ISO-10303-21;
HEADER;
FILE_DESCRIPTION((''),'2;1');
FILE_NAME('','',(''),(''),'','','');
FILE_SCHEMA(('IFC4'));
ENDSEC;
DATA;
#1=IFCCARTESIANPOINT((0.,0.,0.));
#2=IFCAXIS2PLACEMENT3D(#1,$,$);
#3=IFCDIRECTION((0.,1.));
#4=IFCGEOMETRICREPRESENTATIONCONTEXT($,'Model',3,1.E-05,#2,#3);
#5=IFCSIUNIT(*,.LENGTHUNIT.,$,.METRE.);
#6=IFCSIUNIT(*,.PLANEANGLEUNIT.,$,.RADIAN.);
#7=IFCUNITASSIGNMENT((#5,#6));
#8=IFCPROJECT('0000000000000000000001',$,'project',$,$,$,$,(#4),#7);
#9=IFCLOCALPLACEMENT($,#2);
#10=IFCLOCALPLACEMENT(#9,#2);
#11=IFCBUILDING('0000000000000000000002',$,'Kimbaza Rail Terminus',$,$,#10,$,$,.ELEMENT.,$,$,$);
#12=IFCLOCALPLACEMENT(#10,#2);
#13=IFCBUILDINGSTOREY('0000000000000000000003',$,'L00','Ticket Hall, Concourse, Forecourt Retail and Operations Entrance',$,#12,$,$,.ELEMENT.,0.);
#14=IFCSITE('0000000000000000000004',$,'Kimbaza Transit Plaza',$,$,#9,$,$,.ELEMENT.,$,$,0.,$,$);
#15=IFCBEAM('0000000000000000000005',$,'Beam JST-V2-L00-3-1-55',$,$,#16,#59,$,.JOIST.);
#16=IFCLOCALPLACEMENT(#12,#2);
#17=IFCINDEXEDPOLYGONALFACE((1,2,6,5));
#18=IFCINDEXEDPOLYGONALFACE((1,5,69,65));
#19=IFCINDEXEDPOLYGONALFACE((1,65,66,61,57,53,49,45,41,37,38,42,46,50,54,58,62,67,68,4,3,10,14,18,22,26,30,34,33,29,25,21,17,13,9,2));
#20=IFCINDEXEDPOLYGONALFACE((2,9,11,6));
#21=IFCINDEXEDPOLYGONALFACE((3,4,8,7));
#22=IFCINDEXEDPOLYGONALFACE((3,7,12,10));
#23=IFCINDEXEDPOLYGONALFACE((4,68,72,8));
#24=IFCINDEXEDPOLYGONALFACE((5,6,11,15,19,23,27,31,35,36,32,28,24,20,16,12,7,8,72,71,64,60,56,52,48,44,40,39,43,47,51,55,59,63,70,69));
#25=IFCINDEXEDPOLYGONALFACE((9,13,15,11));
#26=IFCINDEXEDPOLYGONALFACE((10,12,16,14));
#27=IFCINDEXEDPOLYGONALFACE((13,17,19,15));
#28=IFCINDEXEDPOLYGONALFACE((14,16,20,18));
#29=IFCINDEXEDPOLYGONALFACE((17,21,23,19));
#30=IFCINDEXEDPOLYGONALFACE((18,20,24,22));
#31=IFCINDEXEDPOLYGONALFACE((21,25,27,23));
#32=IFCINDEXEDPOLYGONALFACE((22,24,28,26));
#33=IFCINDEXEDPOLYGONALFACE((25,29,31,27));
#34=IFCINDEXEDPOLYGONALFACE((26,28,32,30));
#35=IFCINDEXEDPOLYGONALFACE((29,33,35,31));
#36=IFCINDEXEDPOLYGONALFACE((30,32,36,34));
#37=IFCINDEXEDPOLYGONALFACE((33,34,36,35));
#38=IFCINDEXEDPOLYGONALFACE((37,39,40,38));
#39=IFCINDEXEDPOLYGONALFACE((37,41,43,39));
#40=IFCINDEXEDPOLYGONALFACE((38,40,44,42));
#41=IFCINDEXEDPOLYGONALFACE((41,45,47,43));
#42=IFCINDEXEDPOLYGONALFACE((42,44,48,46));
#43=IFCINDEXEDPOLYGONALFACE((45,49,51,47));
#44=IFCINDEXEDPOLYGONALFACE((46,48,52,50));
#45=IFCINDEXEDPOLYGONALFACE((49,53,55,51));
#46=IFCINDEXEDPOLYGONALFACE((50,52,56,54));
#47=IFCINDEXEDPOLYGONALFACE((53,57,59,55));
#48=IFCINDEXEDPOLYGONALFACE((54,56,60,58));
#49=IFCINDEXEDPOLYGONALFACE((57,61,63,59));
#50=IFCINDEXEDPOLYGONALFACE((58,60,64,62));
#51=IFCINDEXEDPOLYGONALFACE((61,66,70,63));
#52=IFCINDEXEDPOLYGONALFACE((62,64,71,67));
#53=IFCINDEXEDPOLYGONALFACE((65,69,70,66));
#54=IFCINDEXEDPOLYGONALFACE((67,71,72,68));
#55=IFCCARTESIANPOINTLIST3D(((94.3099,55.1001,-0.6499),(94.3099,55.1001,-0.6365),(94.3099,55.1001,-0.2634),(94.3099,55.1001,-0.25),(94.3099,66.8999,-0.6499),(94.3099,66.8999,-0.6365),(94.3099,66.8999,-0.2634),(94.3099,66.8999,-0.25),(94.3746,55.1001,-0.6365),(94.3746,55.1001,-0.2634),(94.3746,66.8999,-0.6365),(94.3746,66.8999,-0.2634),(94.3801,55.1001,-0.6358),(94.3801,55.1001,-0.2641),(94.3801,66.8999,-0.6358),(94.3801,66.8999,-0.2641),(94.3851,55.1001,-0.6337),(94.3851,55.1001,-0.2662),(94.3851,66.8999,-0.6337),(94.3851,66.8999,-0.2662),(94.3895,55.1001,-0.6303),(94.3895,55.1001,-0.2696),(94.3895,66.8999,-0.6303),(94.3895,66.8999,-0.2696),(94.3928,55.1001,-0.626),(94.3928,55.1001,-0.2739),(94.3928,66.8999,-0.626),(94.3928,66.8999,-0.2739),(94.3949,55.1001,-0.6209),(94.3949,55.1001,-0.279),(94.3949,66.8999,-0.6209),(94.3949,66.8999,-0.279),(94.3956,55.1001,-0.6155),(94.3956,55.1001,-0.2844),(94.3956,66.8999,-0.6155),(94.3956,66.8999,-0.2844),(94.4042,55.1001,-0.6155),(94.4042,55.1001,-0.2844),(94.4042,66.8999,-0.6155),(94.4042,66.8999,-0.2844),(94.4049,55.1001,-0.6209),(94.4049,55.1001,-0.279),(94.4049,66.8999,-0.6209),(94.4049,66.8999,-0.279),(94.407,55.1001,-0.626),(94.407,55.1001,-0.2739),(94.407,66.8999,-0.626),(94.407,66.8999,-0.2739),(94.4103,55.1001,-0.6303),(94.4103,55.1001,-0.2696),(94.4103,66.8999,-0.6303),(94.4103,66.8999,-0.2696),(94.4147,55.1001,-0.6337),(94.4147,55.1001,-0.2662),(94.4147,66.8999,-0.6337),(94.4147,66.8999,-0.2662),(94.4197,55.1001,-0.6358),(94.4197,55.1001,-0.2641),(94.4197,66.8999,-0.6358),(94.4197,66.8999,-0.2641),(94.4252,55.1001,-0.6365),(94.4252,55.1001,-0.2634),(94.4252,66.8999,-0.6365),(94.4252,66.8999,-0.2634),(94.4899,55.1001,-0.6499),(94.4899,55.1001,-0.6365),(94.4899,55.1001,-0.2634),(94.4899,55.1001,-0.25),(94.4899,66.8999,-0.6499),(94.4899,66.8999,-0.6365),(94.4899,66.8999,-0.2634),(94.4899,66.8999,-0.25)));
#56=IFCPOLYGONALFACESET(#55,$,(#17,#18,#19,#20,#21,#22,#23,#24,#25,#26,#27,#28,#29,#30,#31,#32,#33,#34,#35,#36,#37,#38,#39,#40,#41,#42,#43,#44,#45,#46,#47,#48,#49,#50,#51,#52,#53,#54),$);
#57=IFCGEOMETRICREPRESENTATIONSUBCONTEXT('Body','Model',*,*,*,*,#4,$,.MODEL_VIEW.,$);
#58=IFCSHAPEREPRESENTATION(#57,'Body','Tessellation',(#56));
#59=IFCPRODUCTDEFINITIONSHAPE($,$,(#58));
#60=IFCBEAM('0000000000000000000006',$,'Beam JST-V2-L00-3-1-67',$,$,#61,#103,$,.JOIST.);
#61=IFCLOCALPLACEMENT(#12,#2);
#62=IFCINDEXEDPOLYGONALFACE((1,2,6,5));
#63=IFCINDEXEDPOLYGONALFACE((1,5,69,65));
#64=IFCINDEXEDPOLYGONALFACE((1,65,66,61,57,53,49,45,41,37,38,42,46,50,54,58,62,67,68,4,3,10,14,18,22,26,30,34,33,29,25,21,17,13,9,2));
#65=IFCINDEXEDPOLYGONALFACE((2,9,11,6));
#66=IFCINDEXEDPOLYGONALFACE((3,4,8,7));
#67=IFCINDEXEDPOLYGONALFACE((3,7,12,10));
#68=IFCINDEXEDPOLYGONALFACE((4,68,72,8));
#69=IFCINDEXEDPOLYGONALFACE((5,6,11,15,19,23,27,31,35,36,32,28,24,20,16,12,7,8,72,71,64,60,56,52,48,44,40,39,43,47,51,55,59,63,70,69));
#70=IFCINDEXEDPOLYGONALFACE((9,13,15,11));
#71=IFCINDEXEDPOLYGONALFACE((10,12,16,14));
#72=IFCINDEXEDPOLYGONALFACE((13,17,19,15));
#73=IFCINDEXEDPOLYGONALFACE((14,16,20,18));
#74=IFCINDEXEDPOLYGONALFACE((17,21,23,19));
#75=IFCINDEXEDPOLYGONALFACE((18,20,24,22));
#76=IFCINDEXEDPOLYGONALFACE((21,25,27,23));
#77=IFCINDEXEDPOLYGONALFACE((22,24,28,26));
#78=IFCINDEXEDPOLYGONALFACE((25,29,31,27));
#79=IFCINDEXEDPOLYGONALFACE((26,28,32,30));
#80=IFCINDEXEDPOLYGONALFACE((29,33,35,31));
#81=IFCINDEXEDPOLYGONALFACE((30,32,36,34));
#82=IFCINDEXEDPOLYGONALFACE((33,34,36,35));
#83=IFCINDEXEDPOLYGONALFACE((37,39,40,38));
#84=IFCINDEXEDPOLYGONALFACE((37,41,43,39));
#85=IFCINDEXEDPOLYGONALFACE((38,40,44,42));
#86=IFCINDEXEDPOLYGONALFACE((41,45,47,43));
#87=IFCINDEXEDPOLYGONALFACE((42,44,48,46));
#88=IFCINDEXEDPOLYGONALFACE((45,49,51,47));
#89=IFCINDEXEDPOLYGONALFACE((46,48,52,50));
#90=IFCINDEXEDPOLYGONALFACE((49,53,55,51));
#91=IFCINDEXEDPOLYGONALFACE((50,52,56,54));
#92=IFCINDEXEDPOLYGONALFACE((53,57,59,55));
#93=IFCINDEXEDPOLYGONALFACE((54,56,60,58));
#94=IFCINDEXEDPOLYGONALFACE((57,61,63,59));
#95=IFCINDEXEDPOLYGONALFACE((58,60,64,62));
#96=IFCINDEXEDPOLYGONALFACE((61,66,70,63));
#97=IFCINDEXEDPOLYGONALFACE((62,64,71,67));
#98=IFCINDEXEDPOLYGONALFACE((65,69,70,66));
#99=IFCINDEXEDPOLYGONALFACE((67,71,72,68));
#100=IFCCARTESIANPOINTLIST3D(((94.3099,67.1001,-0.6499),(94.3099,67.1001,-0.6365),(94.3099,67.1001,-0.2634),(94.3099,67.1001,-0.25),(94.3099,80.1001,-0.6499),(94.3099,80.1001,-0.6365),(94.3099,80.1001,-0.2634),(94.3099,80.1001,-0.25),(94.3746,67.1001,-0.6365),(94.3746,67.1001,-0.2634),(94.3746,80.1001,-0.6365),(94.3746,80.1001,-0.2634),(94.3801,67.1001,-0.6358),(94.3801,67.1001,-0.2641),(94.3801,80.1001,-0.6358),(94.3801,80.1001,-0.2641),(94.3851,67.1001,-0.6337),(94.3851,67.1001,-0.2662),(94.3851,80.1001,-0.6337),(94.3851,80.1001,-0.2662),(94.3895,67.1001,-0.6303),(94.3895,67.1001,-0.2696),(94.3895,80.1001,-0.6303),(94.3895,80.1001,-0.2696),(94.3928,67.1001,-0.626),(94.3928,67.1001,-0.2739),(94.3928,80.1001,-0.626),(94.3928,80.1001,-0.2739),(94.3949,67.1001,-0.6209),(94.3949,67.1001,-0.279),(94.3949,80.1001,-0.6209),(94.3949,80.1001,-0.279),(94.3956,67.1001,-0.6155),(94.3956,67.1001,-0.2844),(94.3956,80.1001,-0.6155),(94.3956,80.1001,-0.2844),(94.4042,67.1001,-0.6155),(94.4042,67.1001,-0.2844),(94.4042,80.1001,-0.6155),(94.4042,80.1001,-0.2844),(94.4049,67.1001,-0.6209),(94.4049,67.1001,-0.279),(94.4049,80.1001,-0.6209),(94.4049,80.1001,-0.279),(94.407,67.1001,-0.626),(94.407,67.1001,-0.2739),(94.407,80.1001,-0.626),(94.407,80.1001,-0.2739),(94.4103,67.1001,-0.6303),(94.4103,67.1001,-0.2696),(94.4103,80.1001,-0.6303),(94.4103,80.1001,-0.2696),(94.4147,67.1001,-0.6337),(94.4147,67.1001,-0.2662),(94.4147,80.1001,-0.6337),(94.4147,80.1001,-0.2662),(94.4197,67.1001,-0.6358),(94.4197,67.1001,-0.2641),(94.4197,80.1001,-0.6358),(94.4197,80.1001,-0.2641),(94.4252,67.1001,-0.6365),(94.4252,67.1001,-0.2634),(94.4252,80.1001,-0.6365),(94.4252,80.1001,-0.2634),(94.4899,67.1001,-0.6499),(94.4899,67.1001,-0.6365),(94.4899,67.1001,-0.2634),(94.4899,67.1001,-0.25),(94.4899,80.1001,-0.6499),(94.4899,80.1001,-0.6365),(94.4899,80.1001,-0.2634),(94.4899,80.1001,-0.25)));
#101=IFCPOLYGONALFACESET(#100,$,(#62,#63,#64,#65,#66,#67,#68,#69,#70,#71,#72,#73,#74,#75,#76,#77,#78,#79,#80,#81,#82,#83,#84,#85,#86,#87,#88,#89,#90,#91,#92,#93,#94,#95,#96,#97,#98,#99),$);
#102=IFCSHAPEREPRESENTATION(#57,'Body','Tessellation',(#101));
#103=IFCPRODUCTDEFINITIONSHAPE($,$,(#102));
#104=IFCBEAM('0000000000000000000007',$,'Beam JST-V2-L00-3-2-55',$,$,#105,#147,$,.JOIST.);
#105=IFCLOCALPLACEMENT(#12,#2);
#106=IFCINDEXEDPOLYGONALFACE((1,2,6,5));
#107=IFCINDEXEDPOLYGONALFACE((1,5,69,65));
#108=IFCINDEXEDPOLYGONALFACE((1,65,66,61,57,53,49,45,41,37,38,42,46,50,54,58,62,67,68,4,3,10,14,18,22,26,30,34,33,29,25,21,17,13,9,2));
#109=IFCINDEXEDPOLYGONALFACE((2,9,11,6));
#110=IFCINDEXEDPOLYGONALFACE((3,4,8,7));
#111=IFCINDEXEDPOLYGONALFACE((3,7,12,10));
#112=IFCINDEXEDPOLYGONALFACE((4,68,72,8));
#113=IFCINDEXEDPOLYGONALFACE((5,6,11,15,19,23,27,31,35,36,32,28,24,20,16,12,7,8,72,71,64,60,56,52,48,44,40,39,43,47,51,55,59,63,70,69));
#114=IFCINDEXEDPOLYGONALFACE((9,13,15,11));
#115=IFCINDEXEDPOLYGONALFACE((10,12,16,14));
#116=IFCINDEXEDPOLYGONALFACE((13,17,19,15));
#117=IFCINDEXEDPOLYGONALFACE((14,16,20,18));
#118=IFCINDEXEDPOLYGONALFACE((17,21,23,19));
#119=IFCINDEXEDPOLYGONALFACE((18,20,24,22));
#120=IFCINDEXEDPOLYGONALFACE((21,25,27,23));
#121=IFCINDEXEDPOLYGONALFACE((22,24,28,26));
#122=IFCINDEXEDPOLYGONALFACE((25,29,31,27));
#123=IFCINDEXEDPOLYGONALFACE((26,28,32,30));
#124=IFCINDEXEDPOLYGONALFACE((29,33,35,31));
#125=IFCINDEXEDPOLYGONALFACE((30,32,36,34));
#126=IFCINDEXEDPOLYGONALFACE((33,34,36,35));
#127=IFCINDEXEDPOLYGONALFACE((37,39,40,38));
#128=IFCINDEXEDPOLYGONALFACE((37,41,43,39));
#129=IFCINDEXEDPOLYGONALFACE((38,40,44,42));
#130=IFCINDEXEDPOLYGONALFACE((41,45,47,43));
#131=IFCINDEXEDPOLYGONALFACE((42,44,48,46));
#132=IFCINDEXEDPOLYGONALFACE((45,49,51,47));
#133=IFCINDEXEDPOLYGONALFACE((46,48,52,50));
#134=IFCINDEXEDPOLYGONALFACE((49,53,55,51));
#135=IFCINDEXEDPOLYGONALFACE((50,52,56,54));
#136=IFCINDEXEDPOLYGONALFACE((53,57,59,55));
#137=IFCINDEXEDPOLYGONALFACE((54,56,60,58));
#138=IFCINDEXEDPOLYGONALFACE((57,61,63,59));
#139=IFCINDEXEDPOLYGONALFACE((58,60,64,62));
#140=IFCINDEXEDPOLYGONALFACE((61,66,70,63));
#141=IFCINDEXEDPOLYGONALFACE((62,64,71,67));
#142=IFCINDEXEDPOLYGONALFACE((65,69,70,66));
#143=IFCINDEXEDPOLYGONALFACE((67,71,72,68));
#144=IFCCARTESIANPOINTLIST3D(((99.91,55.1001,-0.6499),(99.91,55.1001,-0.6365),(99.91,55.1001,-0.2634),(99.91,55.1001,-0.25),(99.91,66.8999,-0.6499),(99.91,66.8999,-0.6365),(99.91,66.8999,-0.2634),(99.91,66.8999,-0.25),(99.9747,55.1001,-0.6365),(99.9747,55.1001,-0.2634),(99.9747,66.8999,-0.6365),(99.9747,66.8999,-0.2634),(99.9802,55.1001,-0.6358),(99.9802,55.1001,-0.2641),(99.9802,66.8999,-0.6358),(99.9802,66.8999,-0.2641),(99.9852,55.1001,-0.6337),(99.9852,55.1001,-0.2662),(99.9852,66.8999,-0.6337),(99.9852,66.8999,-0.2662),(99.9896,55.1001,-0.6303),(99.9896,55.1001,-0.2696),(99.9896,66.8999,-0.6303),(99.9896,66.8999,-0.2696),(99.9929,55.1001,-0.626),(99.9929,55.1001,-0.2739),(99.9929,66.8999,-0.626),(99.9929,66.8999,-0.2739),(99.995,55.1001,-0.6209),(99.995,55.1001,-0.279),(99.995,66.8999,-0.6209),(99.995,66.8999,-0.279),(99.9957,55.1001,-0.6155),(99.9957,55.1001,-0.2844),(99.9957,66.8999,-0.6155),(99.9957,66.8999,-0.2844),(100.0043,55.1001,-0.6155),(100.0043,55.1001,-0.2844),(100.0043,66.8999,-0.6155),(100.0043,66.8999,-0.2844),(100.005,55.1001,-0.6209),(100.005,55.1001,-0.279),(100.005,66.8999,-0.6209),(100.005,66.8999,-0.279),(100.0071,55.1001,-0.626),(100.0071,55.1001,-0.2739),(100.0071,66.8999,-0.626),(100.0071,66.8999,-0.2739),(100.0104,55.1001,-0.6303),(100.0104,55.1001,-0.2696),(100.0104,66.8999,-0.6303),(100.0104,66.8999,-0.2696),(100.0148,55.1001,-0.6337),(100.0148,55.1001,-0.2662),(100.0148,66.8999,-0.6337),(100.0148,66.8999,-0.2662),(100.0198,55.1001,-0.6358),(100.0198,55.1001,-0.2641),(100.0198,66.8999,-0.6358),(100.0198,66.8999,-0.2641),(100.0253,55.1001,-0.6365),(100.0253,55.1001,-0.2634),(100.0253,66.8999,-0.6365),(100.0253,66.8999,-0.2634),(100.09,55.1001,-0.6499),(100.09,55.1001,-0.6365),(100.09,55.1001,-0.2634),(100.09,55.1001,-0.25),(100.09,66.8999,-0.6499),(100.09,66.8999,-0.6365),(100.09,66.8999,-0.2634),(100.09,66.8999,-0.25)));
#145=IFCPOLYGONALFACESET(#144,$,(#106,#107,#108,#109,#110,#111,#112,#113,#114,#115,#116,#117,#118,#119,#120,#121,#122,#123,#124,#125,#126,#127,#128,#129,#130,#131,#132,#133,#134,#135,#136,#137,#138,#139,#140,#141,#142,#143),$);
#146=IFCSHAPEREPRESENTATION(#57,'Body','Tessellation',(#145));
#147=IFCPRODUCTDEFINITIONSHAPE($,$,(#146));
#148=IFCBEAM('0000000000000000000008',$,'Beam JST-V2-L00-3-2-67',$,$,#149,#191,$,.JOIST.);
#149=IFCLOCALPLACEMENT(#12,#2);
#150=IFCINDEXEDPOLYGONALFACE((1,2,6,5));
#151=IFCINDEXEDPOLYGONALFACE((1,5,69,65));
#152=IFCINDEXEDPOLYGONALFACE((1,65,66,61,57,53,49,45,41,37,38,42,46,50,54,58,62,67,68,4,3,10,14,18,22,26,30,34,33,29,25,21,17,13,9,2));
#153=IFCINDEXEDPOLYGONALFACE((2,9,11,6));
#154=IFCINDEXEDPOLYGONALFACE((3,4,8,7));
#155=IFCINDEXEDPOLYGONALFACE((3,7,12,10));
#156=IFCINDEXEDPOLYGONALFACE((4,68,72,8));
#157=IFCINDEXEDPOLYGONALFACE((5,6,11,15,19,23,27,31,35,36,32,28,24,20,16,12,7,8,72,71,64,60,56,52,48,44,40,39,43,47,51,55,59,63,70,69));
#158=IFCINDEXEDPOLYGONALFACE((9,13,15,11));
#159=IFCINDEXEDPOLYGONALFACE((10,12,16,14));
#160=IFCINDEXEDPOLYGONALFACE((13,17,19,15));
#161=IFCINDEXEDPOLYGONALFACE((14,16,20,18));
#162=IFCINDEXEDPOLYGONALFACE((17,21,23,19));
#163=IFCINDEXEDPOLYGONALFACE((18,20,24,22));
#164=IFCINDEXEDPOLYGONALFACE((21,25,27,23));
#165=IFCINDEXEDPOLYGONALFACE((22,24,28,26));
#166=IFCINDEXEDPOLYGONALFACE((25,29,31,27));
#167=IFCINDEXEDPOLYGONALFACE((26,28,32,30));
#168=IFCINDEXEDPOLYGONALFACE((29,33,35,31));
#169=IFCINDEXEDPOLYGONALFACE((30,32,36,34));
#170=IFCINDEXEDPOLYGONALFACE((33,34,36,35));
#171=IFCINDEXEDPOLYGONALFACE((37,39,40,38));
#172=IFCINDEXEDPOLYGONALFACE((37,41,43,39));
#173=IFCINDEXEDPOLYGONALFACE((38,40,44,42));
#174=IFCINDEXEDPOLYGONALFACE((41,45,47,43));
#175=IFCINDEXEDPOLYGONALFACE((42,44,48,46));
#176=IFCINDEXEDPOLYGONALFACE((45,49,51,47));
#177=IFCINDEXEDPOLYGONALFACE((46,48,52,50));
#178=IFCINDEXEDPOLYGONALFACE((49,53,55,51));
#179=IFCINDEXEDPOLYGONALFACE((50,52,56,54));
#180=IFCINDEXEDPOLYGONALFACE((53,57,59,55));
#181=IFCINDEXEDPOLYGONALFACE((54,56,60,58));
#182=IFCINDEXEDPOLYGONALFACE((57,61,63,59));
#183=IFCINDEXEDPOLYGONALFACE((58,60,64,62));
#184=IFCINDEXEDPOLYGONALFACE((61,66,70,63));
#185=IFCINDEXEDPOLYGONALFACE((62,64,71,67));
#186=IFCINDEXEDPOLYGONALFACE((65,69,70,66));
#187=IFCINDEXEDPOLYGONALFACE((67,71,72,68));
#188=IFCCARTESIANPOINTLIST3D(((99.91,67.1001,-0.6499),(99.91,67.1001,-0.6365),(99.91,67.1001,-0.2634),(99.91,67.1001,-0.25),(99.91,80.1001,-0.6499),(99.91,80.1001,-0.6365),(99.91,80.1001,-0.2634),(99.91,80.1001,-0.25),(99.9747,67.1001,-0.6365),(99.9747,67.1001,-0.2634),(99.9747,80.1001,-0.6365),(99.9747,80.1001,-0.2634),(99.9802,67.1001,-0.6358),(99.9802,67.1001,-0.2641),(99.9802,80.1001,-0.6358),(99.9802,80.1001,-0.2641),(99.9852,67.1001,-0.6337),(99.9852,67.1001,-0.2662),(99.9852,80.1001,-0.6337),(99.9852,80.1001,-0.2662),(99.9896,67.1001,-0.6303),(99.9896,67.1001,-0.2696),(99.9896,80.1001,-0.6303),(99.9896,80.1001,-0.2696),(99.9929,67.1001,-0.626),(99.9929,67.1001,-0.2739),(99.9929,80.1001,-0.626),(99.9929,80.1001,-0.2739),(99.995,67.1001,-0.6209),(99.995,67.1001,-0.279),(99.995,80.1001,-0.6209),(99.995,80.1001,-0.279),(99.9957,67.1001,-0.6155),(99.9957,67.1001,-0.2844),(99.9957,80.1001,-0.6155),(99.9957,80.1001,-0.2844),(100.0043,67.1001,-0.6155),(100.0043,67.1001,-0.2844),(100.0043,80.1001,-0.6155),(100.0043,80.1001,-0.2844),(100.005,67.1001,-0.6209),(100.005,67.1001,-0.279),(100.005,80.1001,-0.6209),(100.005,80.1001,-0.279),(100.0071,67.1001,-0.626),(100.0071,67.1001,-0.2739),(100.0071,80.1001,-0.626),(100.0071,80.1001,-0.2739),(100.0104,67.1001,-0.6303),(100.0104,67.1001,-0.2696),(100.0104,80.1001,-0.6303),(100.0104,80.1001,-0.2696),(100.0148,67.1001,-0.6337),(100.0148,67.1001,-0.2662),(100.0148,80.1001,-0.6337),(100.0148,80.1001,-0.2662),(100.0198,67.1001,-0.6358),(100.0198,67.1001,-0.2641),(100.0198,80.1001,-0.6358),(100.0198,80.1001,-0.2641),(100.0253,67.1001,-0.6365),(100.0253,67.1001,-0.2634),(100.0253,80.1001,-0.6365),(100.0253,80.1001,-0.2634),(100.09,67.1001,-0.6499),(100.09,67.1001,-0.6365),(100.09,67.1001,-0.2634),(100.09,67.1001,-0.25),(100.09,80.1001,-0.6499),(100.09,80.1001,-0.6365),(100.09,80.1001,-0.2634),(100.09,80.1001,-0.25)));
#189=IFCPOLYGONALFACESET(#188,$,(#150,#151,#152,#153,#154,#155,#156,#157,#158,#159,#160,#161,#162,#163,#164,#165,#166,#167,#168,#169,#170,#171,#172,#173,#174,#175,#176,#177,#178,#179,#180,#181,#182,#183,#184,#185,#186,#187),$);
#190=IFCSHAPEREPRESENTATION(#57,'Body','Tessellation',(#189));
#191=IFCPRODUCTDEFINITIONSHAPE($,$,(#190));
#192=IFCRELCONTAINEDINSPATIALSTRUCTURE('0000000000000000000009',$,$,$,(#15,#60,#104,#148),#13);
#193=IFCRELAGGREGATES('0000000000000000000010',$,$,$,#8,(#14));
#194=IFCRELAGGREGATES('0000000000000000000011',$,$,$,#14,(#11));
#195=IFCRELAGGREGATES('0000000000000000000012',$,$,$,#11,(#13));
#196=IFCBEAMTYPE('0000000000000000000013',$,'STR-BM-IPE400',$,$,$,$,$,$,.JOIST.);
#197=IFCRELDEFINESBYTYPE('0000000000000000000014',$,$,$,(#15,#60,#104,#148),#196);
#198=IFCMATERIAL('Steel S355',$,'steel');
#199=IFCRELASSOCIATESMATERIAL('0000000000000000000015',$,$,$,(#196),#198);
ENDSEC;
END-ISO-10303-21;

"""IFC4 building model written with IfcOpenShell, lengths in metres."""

from ifc_helpers import new_model, si_unit, direction, frame, origin, origin_2d, place, context, subcontext, project, spatial, i_section, extrude, material, material_profile, profile_set, type_object, element, save


model = new_model("IFC4")

# Units and contexts
model_context = context("Model", 3, precision=1e-05, world=origin(), true_north=direction((0.0, 1.0)))
body_context = subcontext(model_context, "Body", "Model", "MODEL_VIEW")
ifc_project = project(units=[si_unit("LENGTHUNIT", "METRE"), si_unit("PLANEANGLEUNIT", "RADIAN")], contexts=[model_context])

# Site, building, storey
site_placement = place(None, origin())
site = spatial("IfcSite", under=ifc_project, at=site_placement, Name="Kimbaza Transit Plaza", CompositionType="ELEMENT", RefElevation=0.0)
building_placement = place(site_placement, origin())
building = spatial("IfcBuilding", under=site, at=building_placement, Name="Kimbaza Rail Terminus", CompositionType="ELEMENT")
storey_placement = place(building_placement, origin())
storey = spatial("IfcBuildingStorey", under=building, at=storey_placement, Name="L00", Description="Ticket Hall, Concourse, Forecourt Retail and Operations Entrance", CompositionType="ELEMENT", Elevation=0.0)

# Beams
ifc_material_1 = material(Name="Steel S355", Category="steel")
ifc_material_profile_1 = material_profile(ifc_material_1, i_section(OverallWidth=0.1799, OverallDepth=0.3999, WebThickness=0.0085, FlangeThickness=0.0134, FilletRadius=0.021, at=origin_2d()), Name="IPE 400")
ifc_profile_set_1 = profile_set([ifc_material_profile_1], Name="Steel S355")
beam_type_1 = type_object("IfcBeamType", Name="STR-BM-IPE400", PredefinedType="JOIST", material=ifc_profile_set_1)
beam_1_placement = place(storey_placement, frame((94.3999, 55.1001, -0.45), z_axis=(0.0, 1.0, 0.0), x_axis=(-1.0, 0.0, 0.0)))
element("IfcBeam", 1, at=beam_1_placement, inside=storey, type_object=beam_type_1, Name="Beam JST-V2-L00-3-1-55", PredefinedType="JOIST", context=body_context, shape_type="SweptSolid", body=[
    extrude(i_section(OverallWidth=0.1799, OverallDepth=0.3999, WebThickness=0.0085, FlangeThickness=0.0134, FilletRadius=0.021, at=origin_2d()), origin(), (0.0, 0.0, 1.0), 11.7998),
])
beam_2_placement = place(storey_placement, frame((94.3999, 67.1001, -0.45), z_axis=(0.0, 1.0, 0.0), x_axis=(-1.0, 0.0, 0.0)))
element("IfcBeam", 2, at=beam_2_placement, inside=storey, type_object=beam_type_1, Name="Beam JST-V2-L00-3-1-67", PredefinedType="JOIST", context=body_context, shape_type="SweptSolid", body=[
    extrude(i_section(OverallWidth=0.1799, OverallDepth=0.3999, WebThickness=0.0085, FlangeThickness=0.0134, FilletRadius=0.021, at=origin_2d()), origin(), (0.0, 0.0, 1.0), 13.0),
])
beam_3_placement = place(storey_placement, frame((100.0, 55.1001, -0.45), z_axis=(0.0, 1.0, 0.0), x_axis=(-1.0, 0.0, 0.0)))
element("IfcBeam", 3, at=beam_3_placement, inside=storey, type_object=beam_type_1, Name="Beam JST-V2-L00-3-2-55", PredefinedType="JOIST", context=body_context, shape_type="SweptSolid", body=[
    extrude(i_section(OverallWidth=0.1799, OverallDepth=0.3999, WebThickness=0.0085, FlangeThickness=0.0134, FilletRadius=0.021, at=origin_2d()), origin(), (0.0, 0.0, 1.0), 11.7998),
])
beam_4_placement = place(storey_placement, frame((100.0, 67.1001, -0.45), z_axis=(0.0, 1.0, 0.0), x_axis=(-1.0, 0.0, 0.0)))
element("IfcBeam", 4, at=beam_4_placement, inside=storey, type_object=beam_type_1, Name="Beam JST-V2-L00-3-2-67", PredefinedType="JOIST", context=body_context, shape_type="SweptSolid", body=[
    extrude(i_section(OverallWidth=0.1799, OverallDepth=0.3999, WebThickness=0.0085, FlangeThickness=0.0134, FilletRadius=0.021, at=origin_2d()), origin(), (0.0, 0.0, 1.0), 13.0),
])

save(model, "model.ifc")
